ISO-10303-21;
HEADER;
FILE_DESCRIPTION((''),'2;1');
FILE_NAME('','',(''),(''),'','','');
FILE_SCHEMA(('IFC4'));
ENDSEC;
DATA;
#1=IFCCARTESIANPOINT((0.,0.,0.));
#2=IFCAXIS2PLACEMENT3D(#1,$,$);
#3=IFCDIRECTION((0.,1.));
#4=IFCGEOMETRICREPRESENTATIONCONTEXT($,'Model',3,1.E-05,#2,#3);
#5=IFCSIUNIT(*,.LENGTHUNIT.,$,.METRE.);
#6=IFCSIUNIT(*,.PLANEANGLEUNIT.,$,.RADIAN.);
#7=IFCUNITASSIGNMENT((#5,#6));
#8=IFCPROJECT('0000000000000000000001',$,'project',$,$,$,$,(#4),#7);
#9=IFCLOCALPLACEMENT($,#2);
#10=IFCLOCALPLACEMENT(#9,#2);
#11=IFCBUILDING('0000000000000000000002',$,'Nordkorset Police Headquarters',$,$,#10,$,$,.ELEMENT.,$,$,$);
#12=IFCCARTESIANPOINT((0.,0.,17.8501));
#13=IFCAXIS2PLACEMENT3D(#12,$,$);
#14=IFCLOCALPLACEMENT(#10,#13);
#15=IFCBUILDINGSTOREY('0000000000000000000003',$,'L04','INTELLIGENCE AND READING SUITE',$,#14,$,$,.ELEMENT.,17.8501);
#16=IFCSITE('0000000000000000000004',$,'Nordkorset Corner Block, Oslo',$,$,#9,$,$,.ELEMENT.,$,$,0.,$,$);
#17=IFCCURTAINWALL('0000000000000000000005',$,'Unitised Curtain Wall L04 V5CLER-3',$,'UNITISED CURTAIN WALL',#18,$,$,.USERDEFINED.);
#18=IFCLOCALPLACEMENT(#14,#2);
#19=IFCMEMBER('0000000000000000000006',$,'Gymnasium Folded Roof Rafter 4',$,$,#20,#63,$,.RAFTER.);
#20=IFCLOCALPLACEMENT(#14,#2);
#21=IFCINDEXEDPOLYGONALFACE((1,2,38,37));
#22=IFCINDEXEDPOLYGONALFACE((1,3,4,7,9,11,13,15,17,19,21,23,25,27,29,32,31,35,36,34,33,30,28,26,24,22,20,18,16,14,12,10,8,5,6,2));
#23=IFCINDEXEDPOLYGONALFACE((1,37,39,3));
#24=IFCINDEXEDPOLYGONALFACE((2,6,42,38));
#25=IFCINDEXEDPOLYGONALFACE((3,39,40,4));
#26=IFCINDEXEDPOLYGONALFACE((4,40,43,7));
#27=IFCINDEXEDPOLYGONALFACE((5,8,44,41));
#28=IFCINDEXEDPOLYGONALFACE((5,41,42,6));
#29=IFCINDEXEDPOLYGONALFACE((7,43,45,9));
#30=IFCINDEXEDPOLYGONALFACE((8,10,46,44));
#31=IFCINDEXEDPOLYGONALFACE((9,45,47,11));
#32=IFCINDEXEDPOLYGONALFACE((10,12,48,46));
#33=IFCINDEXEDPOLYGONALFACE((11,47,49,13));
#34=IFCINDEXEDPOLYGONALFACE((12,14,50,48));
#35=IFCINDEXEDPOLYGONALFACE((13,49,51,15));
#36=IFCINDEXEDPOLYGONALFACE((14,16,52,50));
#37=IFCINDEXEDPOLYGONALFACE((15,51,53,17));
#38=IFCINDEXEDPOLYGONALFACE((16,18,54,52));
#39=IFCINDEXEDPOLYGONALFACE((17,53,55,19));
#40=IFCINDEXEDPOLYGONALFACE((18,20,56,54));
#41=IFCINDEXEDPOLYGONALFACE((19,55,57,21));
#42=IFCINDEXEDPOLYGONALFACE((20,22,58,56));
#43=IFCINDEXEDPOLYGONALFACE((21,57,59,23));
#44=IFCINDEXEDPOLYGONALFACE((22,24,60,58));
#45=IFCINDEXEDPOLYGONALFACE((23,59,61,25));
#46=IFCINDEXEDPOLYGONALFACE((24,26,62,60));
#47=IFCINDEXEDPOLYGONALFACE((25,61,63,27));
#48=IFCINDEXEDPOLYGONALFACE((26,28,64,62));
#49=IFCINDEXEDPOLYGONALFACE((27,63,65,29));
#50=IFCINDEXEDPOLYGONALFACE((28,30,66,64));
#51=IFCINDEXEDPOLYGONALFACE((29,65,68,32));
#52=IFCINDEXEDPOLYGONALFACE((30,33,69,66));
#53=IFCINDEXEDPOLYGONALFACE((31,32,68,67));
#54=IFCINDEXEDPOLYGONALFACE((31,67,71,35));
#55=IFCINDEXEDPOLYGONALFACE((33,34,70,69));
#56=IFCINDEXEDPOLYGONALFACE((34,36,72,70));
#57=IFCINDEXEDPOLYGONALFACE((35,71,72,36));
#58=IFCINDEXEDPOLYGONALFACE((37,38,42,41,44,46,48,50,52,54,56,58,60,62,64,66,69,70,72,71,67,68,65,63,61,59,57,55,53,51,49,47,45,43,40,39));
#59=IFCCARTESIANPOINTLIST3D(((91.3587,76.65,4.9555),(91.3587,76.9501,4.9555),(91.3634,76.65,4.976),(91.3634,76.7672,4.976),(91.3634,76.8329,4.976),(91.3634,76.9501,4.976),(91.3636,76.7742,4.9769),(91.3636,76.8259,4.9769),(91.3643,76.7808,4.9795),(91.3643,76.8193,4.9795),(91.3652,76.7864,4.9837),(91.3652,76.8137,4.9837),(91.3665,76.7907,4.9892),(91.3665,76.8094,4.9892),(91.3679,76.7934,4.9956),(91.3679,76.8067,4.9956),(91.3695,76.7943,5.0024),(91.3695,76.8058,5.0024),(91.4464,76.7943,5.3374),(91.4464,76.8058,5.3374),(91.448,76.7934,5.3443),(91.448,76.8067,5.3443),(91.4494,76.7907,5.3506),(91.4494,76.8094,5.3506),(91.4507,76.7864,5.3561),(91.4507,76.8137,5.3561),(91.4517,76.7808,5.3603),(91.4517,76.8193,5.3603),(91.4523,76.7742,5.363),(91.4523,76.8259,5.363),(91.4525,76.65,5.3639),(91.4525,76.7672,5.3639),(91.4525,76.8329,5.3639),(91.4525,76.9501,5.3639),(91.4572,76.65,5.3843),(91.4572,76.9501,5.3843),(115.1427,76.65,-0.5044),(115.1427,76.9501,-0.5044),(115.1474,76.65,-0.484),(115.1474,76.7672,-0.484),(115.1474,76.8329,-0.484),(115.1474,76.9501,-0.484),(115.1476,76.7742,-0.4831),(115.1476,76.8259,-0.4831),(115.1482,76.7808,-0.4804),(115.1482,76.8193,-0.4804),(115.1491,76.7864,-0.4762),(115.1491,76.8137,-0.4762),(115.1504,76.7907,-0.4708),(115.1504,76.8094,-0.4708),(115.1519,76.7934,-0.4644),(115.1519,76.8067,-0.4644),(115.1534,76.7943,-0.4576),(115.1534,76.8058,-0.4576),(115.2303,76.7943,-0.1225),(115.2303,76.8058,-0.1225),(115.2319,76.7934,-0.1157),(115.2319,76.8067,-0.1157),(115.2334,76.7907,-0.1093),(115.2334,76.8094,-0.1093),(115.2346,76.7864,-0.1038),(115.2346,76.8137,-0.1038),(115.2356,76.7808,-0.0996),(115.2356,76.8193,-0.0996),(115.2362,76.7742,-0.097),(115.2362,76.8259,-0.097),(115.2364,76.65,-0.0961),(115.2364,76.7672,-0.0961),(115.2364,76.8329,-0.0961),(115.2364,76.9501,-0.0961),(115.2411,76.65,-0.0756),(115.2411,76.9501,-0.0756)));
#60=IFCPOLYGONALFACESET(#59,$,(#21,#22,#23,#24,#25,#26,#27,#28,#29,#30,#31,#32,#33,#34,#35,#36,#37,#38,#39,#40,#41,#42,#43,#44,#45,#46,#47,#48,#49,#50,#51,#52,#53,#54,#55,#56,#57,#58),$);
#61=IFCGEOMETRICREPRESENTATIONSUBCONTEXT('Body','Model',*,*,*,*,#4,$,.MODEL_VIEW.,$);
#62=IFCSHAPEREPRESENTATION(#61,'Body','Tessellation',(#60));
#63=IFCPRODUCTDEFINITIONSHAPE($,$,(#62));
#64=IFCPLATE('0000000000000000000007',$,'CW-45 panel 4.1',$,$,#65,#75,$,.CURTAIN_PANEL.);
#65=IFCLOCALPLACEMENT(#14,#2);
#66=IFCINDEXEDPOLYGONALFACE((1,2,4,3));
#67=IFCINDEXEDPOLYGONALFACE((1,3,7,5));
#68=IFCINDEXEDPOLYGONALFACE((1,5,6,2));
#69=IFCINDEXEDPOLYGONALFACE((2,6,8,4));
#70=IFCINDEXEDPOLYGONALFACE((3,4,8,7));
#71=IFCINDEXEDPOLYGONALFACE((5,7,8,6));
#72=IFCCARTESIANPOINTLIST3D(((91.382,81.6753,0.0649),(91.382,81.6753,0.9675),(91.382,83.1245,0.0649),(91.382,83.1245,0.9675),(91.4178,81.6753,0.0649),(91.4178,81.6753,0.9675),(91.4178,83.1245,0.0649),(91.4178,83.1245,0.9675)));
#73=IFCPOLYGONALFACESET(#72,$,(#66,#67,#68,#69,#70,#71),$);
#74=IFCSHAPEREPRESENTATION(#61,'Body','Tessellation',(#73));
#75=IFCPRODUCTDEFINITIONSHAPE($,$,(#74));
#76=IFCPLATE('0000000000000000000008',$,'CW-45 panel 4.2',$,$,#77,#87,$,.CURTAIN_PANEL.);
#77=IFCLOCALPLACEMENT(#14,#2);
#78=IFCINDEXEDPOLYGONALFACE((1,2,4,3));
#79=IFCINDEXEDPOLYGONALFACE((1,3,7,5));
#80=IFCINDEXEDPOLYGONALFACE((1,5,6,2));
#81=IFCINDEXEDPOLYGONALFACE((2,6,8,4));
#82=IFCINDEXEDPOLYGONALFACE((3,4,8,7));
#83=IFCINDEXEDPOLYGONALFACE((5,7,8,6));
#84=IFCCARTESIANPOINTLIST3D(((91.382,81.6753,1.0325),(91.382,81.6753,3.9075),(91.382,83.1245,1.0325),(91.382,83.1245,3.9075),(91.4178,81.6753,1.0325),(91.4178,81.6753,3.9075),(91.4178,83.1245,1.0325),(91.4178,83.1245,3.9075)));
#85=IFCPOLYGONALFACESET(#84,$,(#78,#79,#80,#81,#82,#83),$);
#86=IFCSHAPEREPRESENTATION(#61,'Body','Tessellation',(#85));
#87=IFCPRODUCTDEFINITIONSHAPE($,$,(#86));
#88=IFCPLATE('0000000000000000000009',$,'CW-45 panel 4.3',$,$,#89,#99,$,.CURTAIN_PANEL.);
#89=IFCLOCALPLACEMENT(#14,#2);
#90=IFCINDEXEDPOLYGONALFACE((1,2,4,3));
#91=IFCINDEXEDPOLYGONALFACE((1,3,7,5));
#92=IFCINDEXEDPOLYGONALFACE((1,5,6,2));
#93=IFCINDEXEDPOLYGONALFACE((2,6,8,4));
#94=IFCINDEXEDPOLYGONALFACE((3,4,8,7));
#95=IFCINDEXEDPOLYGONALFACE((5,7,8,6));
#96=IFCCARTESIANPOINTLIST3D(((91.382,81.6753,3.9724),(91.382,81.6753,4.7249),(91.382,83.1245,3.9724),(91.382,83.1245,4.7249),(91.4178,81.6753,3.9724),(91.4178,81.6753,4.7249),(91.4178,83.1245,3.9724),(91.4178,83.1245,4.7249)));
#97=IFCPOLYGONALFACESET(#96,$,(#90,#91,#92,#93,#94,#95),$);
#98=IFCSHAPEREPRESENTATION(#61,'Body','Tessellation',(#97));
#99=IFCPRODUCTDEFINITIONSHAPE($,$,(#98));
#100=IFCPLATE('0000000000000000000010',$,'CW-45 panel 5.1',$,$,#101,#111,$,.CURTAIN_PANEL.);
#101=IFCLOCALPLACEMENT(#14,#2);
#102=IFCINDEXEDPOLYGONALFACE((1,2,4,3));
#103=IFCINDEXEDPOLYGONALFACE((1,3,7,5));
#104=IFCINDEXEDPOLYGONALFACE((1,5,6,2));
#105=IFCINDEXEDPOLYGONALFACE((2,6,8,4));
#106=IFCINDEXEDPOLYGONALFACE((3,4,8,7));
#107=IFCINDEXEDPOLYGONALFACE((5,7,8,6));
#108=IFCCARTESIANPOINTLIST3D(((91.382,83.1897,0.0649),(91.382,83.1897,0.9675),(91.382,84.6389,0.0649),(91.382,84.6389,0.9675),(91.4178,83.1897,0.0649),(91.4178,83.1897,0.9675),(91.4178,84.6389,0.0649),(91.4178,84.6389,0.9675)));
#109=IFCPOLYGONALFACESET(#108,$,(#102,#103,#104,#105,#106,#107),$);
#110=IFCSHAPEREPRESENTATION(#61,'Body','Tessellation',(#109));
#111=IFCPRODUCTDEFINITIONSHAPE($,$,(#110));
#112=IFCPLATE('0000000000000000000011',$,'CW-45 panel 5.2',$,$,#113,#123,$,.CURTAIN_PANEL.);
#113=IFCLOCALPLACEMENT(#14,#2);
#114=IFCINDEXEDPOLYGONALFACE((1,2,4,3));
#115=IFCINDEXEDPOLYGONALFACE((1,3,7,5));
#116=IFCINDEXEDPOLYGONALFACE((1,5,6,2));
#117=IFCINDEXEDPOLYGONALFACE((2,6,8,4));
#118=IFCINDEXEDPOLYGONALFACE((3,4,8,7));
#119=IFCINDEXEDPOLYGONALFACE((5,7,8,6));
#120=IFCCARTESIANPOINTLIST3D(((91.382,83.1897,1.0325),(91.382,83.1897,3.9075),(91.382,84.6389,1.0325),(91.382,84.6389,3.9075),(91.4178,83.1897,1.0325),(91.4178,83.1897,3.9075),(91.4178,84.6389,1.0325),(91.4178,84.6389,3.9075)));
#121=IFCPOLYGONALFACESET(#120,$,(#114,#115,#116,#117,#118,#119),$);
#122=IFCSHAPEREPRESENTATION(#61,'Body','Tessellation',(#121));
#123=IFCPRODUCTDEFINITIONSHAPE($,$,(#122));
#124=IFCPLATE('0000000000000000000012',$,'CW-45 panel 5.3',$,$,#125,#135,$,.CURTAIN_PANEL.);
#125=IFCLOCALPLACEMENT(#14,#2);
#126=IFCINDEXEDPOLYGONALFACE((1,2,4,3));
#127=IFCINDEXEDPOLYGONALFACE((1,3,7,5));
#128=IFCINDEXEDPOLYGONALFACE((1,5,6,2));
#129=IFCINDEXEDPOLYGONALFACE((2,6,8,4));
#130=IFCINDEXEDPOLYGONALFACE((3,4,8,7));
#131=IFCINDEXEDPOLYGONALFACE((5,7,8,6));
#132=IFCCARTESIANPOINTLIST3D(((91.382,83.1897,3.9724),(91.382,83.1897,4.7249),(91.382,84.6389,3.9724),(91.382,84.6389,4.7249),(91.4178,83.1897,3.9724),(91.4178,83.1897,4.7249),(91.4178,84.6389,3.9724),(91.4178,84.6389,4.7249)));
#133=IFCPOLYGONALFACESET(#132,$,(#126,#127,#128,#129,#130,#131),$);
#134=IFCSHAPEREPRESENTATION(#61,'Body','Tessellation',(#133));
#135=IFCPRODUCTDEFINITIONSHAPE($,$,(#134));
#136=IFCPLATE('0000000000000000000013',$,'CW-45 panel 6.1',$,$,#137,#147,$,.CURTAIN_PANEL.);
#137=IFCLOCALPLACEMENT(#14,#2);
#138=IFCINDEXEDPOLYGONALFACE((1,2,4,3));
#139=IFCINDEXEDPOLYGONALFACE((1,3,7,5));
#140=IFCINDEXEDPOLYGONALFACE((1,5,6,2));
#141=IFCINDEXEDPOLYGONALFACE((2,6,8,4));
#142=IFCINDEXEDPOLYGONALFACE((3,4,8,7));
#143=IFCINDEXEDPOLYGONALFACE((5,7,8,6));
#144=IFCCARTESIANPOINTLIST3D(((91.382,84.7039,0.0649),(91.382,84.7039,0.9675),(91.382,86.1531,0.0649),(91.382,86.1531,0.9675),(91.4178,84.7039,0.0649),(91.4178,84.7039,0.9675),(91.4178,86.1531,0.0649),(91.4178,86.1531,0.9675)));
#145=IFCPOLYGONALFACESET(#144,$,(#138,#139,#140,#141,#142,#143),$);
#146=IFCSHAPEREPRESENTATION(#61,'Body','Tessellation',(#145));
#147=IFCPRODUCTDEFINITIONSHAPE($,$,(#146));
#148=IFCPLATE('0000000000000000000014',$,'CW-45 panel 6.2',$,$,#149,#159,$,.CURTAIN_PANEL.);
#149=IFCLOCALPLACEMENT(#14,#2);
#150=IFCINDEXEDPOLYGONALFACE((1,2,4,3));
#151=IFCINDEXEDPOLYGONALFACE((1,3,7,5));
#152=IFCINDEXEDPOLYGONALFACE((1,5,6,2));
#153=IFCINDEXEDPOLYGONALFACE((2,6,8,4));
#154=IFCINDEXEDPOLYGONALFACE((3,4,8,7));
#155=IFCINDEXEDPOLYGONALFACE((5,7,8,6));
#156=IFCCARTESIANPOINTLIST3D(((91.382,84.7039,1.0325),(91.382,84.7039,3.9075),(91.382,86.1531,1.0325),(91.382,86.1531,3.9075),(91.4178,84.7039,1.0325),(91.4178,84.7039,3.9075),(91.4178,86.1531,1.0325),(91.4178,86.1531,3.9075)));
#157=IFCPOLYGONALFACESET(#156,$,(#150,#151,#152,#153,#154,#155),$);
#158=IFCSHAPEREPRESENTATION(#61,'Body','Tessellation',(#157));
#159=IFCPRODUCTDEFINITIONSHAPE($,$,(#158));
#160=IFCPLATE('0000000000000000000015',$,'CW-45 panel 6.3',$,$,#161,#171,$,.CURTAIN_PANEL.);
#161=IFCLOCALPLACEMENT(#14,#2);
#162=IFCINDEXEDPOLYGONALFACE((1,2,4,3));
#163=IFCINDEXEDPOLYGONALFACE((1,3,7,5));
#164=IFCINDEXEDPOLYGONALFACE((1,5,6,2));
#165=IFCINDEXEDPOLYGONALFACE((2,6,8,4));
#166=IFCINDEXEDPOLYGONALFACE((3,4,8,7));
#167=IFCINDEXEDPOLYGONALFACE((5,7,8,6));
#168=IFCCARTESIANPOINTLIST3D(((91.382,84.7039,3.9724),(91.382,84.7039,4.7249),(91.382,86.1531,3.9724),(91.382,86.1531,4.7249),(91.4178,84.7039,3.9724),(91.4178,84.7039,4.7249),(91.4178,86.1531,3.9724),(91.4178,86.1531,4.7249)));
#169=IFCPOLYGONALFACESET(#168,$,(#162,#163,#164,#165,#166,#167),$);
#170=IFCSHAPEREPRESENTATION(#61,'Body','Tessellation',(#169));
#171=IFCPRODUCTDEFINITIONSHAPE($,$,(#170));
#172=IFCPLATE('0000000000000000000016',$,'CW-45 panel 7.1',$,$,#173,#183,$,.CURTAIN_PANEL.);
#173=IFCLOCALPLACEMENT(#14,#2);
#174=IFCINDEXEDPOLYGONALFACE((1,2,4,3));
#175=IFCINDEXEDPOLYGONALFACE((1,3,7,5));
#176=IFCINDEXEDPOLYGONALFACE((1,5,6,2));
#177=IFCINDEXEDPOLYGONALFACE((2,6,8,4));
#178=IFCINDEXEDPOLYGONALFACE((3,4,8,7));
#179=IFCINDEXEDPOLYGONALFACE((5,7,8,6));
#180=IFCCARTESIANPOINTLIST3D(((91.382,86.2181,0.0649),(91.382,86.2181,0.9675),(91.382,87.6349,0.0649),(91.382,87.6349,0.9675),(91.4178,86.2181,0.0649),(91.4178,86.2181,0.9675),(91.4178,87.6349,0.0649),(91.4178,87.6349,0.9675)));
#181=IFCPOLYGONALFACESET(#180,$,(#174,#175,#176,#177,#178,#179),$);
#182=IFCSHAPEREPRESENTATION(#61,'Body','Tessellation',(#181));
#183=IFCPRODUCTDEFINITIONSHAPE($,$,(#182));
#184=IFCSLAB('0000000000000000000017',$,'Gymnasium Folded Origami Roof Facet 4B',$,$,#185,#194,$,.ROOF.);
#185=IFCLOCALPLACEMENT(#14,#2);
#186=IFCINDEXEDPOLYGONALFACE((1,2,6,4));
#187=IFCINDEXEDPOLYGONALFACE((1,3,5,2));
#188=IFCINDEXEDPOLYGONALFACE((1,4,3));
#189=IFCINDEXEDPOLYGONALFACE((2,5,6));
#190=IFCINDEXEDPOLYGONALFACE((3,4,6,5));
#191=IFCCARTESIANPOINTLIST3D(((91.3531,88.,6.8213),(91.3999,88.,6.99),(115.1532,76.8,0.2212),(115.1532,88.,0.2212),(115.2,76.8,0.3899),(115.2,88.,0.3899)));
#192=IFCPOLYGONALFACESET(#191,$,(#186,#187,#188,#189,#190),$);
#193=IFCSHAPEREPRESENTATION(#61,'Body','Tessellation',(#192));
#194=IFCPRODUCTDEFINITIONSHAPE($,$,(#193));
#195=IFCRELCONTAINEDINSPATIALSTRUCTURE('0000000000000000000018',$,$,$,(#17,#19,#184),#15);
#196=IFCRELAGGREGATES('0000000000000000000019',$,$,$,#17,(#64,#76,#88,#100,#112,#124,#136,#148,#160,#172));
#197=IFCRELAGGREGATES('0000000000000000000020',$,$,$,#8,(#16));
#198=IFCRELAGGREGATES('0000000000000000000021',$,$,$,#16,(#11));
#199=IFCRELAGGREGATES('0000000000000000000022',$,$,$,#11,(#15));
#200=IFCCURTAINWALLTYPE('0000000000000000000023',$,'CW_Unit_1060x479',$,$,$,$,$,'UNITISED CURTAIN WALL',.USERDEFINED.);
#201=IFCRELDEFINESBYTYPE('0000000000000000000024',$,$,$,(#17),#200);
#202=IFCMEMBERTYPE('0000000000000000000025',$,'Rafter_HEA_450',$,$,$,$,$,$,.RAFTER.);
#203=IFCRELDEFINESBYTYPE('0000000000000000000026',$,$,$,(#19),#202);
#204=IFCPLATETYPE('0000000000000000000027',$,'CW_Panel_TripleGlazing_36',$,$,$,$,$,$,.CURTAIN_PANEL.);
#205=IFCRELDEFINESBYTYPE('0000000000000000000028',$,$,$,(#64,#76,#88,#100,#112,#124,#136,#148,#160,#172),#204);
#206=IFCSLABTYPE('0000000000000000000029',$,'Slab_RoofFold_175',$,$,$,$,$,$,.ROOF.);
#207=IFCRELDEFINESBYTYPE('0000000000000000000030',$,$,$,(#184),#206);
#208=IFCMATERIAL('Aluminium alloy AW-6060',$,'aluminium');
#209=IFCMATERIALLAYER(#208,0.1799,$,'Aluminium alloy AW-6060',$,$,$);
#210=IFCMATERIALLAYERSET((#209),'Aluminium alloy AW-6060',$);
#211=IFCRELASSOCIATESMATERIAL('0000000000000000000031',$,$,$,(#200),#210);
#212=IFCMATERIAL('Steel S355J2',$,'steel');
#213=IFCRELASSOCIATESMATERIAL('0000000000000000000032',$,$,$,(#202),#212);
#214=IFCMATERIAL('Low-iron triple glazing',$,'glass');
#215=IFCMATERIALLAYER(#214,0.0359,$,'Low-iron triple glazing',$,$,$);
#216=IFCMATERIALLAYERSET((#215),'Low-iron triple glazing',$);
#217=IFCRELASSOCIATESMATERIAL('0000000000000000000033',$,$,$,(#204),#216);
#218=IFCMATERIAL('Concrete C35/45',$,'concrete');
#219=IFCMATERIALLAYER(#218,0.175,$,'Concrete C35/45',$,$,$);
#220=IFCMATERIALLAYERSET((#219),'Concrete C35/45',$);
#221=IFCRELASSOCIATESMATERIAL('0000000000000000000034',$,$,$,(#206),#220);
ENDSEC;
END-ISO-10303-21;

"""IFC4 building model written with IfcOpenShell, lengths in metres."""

from ifc_helpers import new_model, si_unit, direction, frame, origin, origin_2d, place, context, subcontext, project, spatial, polyline, rectangle, i_section, outline, extrude, material, layer, layer_set, material_profile, profile_set, type_object, element, aggregate, save


model = new_model("IFC4")

# Units and contexts
model_context = context("Model", 3, precision=1e-05, world=origin(), true_north=direction((0.0, 1.0)))
body_context = subcontext(model_context, "Body", "Model", "MODEL_VIEW")
ifc_project = project(units=[si_unit("LENGTHUNIT", "METRE"), si_unit("PLANEANGLEUNIT", "RADIAN")], contexts=[model_context])

# Site, building, storey
site_placement = place(None, origin())
site = spatial("IfcSite", under=ifc_project, at=site_placement, Name="Nordkorset Corner Block, Oslo", CompositionType="ELEMENT", RefElevation=0.0)
building_placement = place(site_placement, origin())
building = spatial("IfcBuilding", under=site, at=building_placement, Name="Nordkorset Police Headquarters", CompositionType="ELEMENT")
storey_placement = place(building_placement, frame((0.0, 0.0, 17.8501)))
storey = spatial("IfcBuildingStorey", under=building, at=storey_placement, Name="L04", Description="INTELLIGENCE AND READING SUITE", CompositionType="ELEMENT", Elevation=17.8501)

# Curtain wall
ifc_material_1 = material(Name="Aluminium alloy AW-6060", Category="aluminium")
ifc_layer_1 = layer(ifc_material_1, 0.1799, Name="Aluminium alloy AW-6060")
ifc_layer_set_1 = layer_set([ifc_layer_1], Name="Aluminium alloy AW-6060")
curtain_wall_type = type_object("IfcCurtainWallType", Name="CW_Unit_1060x479", ElementType="UNITISED CURTAIN WALL", PredefinedType="USERDEFINED", material=ifc_layer_set_1)
curtain_wall_placement = place(storey_placement, origin())
curtain_wall = element("IfcCurtainWall", 1, at=curtain_wall_placement, inside=storey, type_object=curtain_wall_type, Name="Unitised Curtain Wall L04 V5CLER-3", ObjectType="UNITISED CURTAIN WALL", PredefinedType="USERDEFINED")

# Member
ifc_material_2 = material(Name="Steel S355J2", Category="steel")
ifc_material_profile_1 = material_profile(ifc_material_2, i_section(OverallWidth=0.3, OverallDepth=0.4399, WebThickness=0.0115, FlangeThickness=0.021, FilletRadius=0.0271, at=origin_2d()), Name="HEA 450")
ifc_profile_set_1 = profile_set([ifc_material_profile_1], Name="Steel S355J2")
member_type_1 = type_object("IfcMemberType", Name="Rafter_HEA_450", PredefinedType="RAFTER", material=ifc_profile_set_1)
member_1_placement = place(storey_placement, frame((91.408, 76.8, 5.1699), z_axis=(0.974648, 0.0, -0.223745), x_axis=(0.0, 1.0, 0.0)))
element("IfcMember", 2, at=member_1_placement, inside=storey, type_object=member_type_1, Name="Gymnasium Folded Roof Rafter 4", PredefinedType="RAFTER", context=body_context, shape_type="SweptSolid", body=[
    extrude(i_section(OverallWidth=0.3, OverallDepth=0.4399, WebThickness=0.0115, FlangeThickness=0.021, FilletRadius=0.0271, at=origin_2d()), origin(), (0.0, 0.0, 1.0), 24.4026),
])

# Plates
ifc_material_3 = material(Name="Low-iron triple glazing", Category="glass")
ifc_layer_2 = layer(ifc_material_3, 0.0359, Name="Low-iron triple glazing")
ifc_layer_set_2 = layer_set([ifc_layer_2], Name="Low-iron triple glazing")
plate_type = type_object("IfcPlateType", Name="CW_Panel_TripleGlazing_36", PredefinedType="CURTAIN_PANEL", material=ifc_layer_set_2)
plate_1_placement = place(storey_placement, frame((91.3999, 82.3999, 0.0649), z_axis=(0.0, 0.0, 1.0), x_axis=(0.0, 1.0, 0.0)))
plate_1 = element("IfcPlate", 3, at=plate_1_placement, type_object=plate_type, Name="CW-45 panel 4.1", PredefinedType="CURTAIN_PANEL", context=body_context, shape_type="SweptSolid", body=[
    extrude(rectangle(XDim=1.4492, YDim=0.0359, at=origin_2d()), origin(), (0.0, 0.0, 1.0), 0.9026),
])
plate_2_placement = place(storey_placement, frame((91.3999, 82.3999, 1.0325), z_axis=(0.0, 0.0, 1.0), x_axis=(0.0, 1.0, 0.0)))
plate_2 = element("IfcPlate", 4, at=plate_2_placement, type_object=plate_type, Name="CW-45 panel 4.2", PredefinedType="CURTAIN_PANEL", context=body_context, shape_type="SweptSolid", body=[
    extrude(rectangle(XDim=1.4492, YDim=0.0359, at=origin_2d()), origin(), (0.0, 0.0, 1.0), 2.875),
])
plate_3_placement = place(storey_placement, frame((91.3999, 82.3999, 3.9724), z_axis=(0.0, 0.0, 1.0), x_axis=(0.0, 1.0, 0.0)))
plate_3 = element("IfcPlate", 5, at=plate_3_placement, type_object=plate_type, Name="CW-45 panel 4.3", PredefinedType="CURTAIN_PANEL", context=body_context, shape_type="SweptSolid", body=[
    extrude(rectangle(XDim=1.4492, YDim=0.0359, at=origin_2d()), origin(), (0.0, 0.0, 1.0), 0.7524),
])
plate_4_placement = place(storey_placement, frame((91.3999, 83.9143, 0.0649), z_axis=(0.0, 0.0, 1.0), x_axis=(0.0, 1.0, 0.0)))
plate_4 = element("IfcPlate", 6, at=plate_4_placement, type_object=plate_type, Name="CW-45 panel 5.1", PredefinedType="CURTAIN_PANEL", context=body_context, shape_type="SweptSolid", body=[
    extrude(rectangle(XDim=1.4492, YDim=0.0359, at=origin_2d()), origin(), (0.0, 0.0, 1.0), 0.9026),
])
plate_5_placement = place(storey_placement, frame((91.3999, 83.9143, 1.0325), z_axis=(0.0, 0.0, 1.0), x_axis=(0.0, 1.0, 0.0)))
plate_5 = element("IfcPlate", 7, at=plate_5_placement, type_object=plate_type, Name="CW-45 panel 5.2", PredefinedType="CURTAIN_PANEL", context=body_context, shape_type="SweptSolid", body=[
    extrude(rectangle(XDim=1.4492, YDim=0.0359, at=origin_2d()), origin(), (0.0, 0.0, 1.0), 2.875),
])
plate_6_placement = place(storey_placement, frame((91.3999, 83.9143, 3.9724), z_axis=(0.0, 0.0, 1.0), x_axis=(0.0, 1.0, 0.0)))
plate_6 = element("IfcPlate", 8, at=plate_6_placement, type_object=plate_type, Name="CW-45 panel 5.3", PredefinedType="CURTAIN_PANEL", context=body_context, shape_type="SweptSolid", body=[
    extrude(rectangle(XDim=1.4492, YDim=0.0359, at=origin_2d()), origin(), (0.0, 0.0, 1.0), 0.7524),
])
plate_7_placement = place(storey_placement, frame((91.3999, 85.4285, 0.0649), z_axis=(0.0, 0.0, 1.0), x_axis=(0.0, 1.0, 0.0)))
plate_7 = element("IfcPlate", 9, at=plate_7_placement, type_object=plate_type, Name="CW-45 panel 6.1", PredefinedType="CURTAIN_PANEL", context=body_context, shape_type="SweptSolid", body=[
    extrude(rectangle(XDim=1.4492, YDim=0.0359, at=origin_2d()), origin(), (0.0, 0.0, 1.0), 0.9026),
])
plate_8_placement = place(storey_placement, frame((91.3999, 85.4285, 1.0325), z_axis=(0.0, 0.0, 1.0), x_axis=(0.0, 1.0, 0.0)))
plate_8 = element("IfcPlate", 10, at=plate_8_placement, type_object=plate_type, Name="CW-45 panel 6.2", PredefinedType="CURTAIN_PANEL", context=body_context, shape_type="SweptSolid", body=[
    extrude(rectangle(XDim=1.4492, YDim=0.0359, at=origin_2d()), origin(), (0.0, 0.0, 1.0), 2.875),
])
plate_9_placement = place(storey_placement, frame((91.3999, 85.4285, 3.9724), z_axis=(0.0, 0.0, 1.0), x_axis=(0.0, 1.0, 0.0)))
plate_9 = element("IfcPlate", 11, at=plate_9_placement, type_object=plate_type, Name="CW-45 panel 6.3", PredefinedType="CURTAIN_PANEL", context=body_context, shape_type="SweptSolid", body=[
    extrude(rectangle(XDim=1.4492, YDim=0.0359, at=origin_2d()), origin(), (0.0, 0.0, 1.0), 0.7524),
])
plate_10_placement = place(storey_placement, frame((91.3999, 86.9265, 0.0649), z_axis=(0.0, 0.0, 1.0), x_axis=(0.0, 1.0, 0.0)))
plate_10 = element("IfcPlate", 12, at=plate_10_placement, type_object=plate_type, Name="CW-45 panel 7.1", PredefinedType="CURTAIN_PANEL", context=body_context, shape_type="SweptSolid", body=[
    extrude(rectangle(XDim=1.4167, YDim=0.0359, at=origin_2d()), origin(), (0.0, 0.0, 1.0), 0.9026),
])
aggregate(curtain_wall, [plate_1, plate_2, plate_3, plate_4, plate_5, plate_6, plate_7, plate_8, plate_9, plate_10])

# Slab
ifc_material_4 = material(Name="Concrete C35/45", Category="concrete")
ifc_layer_3 = layer(ifc_material_4, 0.175, Name="Concrete C35/45")
ifc_layer_set_3 = layer_set([ifc_layer_3], Name="Concrete C35/45")
slab_type = type_object("IfcSlabType", Name="Slab_RoofFold_175", PredefinedType="ROOF", material=ifc_layer_set_3)
slab_placement = place(storey_placement, frame((115.2, 76.8, 0.3899), z_axis=(0.267229, 0.0, 0.963633), x_axis=(0.0, 1.0, 0.0)))
element("IfcSlab", 13, at=slab_placement, inside=storey, type_object=slab_type, Name="Gymnasium Folded Origami Roof Facet 4B", PredefinedType="ROOF", context=body_context, shape_type="SweptSolid", body=[
    extrude(outline(polyline([(0.0, 0.0), (11.2, 0.0), (11.2, 24.6983), (0.0, 0.0)])), origin(), (0.0, 0.0, -1.0), 0.175),
])

save(model, "model.ifc")
